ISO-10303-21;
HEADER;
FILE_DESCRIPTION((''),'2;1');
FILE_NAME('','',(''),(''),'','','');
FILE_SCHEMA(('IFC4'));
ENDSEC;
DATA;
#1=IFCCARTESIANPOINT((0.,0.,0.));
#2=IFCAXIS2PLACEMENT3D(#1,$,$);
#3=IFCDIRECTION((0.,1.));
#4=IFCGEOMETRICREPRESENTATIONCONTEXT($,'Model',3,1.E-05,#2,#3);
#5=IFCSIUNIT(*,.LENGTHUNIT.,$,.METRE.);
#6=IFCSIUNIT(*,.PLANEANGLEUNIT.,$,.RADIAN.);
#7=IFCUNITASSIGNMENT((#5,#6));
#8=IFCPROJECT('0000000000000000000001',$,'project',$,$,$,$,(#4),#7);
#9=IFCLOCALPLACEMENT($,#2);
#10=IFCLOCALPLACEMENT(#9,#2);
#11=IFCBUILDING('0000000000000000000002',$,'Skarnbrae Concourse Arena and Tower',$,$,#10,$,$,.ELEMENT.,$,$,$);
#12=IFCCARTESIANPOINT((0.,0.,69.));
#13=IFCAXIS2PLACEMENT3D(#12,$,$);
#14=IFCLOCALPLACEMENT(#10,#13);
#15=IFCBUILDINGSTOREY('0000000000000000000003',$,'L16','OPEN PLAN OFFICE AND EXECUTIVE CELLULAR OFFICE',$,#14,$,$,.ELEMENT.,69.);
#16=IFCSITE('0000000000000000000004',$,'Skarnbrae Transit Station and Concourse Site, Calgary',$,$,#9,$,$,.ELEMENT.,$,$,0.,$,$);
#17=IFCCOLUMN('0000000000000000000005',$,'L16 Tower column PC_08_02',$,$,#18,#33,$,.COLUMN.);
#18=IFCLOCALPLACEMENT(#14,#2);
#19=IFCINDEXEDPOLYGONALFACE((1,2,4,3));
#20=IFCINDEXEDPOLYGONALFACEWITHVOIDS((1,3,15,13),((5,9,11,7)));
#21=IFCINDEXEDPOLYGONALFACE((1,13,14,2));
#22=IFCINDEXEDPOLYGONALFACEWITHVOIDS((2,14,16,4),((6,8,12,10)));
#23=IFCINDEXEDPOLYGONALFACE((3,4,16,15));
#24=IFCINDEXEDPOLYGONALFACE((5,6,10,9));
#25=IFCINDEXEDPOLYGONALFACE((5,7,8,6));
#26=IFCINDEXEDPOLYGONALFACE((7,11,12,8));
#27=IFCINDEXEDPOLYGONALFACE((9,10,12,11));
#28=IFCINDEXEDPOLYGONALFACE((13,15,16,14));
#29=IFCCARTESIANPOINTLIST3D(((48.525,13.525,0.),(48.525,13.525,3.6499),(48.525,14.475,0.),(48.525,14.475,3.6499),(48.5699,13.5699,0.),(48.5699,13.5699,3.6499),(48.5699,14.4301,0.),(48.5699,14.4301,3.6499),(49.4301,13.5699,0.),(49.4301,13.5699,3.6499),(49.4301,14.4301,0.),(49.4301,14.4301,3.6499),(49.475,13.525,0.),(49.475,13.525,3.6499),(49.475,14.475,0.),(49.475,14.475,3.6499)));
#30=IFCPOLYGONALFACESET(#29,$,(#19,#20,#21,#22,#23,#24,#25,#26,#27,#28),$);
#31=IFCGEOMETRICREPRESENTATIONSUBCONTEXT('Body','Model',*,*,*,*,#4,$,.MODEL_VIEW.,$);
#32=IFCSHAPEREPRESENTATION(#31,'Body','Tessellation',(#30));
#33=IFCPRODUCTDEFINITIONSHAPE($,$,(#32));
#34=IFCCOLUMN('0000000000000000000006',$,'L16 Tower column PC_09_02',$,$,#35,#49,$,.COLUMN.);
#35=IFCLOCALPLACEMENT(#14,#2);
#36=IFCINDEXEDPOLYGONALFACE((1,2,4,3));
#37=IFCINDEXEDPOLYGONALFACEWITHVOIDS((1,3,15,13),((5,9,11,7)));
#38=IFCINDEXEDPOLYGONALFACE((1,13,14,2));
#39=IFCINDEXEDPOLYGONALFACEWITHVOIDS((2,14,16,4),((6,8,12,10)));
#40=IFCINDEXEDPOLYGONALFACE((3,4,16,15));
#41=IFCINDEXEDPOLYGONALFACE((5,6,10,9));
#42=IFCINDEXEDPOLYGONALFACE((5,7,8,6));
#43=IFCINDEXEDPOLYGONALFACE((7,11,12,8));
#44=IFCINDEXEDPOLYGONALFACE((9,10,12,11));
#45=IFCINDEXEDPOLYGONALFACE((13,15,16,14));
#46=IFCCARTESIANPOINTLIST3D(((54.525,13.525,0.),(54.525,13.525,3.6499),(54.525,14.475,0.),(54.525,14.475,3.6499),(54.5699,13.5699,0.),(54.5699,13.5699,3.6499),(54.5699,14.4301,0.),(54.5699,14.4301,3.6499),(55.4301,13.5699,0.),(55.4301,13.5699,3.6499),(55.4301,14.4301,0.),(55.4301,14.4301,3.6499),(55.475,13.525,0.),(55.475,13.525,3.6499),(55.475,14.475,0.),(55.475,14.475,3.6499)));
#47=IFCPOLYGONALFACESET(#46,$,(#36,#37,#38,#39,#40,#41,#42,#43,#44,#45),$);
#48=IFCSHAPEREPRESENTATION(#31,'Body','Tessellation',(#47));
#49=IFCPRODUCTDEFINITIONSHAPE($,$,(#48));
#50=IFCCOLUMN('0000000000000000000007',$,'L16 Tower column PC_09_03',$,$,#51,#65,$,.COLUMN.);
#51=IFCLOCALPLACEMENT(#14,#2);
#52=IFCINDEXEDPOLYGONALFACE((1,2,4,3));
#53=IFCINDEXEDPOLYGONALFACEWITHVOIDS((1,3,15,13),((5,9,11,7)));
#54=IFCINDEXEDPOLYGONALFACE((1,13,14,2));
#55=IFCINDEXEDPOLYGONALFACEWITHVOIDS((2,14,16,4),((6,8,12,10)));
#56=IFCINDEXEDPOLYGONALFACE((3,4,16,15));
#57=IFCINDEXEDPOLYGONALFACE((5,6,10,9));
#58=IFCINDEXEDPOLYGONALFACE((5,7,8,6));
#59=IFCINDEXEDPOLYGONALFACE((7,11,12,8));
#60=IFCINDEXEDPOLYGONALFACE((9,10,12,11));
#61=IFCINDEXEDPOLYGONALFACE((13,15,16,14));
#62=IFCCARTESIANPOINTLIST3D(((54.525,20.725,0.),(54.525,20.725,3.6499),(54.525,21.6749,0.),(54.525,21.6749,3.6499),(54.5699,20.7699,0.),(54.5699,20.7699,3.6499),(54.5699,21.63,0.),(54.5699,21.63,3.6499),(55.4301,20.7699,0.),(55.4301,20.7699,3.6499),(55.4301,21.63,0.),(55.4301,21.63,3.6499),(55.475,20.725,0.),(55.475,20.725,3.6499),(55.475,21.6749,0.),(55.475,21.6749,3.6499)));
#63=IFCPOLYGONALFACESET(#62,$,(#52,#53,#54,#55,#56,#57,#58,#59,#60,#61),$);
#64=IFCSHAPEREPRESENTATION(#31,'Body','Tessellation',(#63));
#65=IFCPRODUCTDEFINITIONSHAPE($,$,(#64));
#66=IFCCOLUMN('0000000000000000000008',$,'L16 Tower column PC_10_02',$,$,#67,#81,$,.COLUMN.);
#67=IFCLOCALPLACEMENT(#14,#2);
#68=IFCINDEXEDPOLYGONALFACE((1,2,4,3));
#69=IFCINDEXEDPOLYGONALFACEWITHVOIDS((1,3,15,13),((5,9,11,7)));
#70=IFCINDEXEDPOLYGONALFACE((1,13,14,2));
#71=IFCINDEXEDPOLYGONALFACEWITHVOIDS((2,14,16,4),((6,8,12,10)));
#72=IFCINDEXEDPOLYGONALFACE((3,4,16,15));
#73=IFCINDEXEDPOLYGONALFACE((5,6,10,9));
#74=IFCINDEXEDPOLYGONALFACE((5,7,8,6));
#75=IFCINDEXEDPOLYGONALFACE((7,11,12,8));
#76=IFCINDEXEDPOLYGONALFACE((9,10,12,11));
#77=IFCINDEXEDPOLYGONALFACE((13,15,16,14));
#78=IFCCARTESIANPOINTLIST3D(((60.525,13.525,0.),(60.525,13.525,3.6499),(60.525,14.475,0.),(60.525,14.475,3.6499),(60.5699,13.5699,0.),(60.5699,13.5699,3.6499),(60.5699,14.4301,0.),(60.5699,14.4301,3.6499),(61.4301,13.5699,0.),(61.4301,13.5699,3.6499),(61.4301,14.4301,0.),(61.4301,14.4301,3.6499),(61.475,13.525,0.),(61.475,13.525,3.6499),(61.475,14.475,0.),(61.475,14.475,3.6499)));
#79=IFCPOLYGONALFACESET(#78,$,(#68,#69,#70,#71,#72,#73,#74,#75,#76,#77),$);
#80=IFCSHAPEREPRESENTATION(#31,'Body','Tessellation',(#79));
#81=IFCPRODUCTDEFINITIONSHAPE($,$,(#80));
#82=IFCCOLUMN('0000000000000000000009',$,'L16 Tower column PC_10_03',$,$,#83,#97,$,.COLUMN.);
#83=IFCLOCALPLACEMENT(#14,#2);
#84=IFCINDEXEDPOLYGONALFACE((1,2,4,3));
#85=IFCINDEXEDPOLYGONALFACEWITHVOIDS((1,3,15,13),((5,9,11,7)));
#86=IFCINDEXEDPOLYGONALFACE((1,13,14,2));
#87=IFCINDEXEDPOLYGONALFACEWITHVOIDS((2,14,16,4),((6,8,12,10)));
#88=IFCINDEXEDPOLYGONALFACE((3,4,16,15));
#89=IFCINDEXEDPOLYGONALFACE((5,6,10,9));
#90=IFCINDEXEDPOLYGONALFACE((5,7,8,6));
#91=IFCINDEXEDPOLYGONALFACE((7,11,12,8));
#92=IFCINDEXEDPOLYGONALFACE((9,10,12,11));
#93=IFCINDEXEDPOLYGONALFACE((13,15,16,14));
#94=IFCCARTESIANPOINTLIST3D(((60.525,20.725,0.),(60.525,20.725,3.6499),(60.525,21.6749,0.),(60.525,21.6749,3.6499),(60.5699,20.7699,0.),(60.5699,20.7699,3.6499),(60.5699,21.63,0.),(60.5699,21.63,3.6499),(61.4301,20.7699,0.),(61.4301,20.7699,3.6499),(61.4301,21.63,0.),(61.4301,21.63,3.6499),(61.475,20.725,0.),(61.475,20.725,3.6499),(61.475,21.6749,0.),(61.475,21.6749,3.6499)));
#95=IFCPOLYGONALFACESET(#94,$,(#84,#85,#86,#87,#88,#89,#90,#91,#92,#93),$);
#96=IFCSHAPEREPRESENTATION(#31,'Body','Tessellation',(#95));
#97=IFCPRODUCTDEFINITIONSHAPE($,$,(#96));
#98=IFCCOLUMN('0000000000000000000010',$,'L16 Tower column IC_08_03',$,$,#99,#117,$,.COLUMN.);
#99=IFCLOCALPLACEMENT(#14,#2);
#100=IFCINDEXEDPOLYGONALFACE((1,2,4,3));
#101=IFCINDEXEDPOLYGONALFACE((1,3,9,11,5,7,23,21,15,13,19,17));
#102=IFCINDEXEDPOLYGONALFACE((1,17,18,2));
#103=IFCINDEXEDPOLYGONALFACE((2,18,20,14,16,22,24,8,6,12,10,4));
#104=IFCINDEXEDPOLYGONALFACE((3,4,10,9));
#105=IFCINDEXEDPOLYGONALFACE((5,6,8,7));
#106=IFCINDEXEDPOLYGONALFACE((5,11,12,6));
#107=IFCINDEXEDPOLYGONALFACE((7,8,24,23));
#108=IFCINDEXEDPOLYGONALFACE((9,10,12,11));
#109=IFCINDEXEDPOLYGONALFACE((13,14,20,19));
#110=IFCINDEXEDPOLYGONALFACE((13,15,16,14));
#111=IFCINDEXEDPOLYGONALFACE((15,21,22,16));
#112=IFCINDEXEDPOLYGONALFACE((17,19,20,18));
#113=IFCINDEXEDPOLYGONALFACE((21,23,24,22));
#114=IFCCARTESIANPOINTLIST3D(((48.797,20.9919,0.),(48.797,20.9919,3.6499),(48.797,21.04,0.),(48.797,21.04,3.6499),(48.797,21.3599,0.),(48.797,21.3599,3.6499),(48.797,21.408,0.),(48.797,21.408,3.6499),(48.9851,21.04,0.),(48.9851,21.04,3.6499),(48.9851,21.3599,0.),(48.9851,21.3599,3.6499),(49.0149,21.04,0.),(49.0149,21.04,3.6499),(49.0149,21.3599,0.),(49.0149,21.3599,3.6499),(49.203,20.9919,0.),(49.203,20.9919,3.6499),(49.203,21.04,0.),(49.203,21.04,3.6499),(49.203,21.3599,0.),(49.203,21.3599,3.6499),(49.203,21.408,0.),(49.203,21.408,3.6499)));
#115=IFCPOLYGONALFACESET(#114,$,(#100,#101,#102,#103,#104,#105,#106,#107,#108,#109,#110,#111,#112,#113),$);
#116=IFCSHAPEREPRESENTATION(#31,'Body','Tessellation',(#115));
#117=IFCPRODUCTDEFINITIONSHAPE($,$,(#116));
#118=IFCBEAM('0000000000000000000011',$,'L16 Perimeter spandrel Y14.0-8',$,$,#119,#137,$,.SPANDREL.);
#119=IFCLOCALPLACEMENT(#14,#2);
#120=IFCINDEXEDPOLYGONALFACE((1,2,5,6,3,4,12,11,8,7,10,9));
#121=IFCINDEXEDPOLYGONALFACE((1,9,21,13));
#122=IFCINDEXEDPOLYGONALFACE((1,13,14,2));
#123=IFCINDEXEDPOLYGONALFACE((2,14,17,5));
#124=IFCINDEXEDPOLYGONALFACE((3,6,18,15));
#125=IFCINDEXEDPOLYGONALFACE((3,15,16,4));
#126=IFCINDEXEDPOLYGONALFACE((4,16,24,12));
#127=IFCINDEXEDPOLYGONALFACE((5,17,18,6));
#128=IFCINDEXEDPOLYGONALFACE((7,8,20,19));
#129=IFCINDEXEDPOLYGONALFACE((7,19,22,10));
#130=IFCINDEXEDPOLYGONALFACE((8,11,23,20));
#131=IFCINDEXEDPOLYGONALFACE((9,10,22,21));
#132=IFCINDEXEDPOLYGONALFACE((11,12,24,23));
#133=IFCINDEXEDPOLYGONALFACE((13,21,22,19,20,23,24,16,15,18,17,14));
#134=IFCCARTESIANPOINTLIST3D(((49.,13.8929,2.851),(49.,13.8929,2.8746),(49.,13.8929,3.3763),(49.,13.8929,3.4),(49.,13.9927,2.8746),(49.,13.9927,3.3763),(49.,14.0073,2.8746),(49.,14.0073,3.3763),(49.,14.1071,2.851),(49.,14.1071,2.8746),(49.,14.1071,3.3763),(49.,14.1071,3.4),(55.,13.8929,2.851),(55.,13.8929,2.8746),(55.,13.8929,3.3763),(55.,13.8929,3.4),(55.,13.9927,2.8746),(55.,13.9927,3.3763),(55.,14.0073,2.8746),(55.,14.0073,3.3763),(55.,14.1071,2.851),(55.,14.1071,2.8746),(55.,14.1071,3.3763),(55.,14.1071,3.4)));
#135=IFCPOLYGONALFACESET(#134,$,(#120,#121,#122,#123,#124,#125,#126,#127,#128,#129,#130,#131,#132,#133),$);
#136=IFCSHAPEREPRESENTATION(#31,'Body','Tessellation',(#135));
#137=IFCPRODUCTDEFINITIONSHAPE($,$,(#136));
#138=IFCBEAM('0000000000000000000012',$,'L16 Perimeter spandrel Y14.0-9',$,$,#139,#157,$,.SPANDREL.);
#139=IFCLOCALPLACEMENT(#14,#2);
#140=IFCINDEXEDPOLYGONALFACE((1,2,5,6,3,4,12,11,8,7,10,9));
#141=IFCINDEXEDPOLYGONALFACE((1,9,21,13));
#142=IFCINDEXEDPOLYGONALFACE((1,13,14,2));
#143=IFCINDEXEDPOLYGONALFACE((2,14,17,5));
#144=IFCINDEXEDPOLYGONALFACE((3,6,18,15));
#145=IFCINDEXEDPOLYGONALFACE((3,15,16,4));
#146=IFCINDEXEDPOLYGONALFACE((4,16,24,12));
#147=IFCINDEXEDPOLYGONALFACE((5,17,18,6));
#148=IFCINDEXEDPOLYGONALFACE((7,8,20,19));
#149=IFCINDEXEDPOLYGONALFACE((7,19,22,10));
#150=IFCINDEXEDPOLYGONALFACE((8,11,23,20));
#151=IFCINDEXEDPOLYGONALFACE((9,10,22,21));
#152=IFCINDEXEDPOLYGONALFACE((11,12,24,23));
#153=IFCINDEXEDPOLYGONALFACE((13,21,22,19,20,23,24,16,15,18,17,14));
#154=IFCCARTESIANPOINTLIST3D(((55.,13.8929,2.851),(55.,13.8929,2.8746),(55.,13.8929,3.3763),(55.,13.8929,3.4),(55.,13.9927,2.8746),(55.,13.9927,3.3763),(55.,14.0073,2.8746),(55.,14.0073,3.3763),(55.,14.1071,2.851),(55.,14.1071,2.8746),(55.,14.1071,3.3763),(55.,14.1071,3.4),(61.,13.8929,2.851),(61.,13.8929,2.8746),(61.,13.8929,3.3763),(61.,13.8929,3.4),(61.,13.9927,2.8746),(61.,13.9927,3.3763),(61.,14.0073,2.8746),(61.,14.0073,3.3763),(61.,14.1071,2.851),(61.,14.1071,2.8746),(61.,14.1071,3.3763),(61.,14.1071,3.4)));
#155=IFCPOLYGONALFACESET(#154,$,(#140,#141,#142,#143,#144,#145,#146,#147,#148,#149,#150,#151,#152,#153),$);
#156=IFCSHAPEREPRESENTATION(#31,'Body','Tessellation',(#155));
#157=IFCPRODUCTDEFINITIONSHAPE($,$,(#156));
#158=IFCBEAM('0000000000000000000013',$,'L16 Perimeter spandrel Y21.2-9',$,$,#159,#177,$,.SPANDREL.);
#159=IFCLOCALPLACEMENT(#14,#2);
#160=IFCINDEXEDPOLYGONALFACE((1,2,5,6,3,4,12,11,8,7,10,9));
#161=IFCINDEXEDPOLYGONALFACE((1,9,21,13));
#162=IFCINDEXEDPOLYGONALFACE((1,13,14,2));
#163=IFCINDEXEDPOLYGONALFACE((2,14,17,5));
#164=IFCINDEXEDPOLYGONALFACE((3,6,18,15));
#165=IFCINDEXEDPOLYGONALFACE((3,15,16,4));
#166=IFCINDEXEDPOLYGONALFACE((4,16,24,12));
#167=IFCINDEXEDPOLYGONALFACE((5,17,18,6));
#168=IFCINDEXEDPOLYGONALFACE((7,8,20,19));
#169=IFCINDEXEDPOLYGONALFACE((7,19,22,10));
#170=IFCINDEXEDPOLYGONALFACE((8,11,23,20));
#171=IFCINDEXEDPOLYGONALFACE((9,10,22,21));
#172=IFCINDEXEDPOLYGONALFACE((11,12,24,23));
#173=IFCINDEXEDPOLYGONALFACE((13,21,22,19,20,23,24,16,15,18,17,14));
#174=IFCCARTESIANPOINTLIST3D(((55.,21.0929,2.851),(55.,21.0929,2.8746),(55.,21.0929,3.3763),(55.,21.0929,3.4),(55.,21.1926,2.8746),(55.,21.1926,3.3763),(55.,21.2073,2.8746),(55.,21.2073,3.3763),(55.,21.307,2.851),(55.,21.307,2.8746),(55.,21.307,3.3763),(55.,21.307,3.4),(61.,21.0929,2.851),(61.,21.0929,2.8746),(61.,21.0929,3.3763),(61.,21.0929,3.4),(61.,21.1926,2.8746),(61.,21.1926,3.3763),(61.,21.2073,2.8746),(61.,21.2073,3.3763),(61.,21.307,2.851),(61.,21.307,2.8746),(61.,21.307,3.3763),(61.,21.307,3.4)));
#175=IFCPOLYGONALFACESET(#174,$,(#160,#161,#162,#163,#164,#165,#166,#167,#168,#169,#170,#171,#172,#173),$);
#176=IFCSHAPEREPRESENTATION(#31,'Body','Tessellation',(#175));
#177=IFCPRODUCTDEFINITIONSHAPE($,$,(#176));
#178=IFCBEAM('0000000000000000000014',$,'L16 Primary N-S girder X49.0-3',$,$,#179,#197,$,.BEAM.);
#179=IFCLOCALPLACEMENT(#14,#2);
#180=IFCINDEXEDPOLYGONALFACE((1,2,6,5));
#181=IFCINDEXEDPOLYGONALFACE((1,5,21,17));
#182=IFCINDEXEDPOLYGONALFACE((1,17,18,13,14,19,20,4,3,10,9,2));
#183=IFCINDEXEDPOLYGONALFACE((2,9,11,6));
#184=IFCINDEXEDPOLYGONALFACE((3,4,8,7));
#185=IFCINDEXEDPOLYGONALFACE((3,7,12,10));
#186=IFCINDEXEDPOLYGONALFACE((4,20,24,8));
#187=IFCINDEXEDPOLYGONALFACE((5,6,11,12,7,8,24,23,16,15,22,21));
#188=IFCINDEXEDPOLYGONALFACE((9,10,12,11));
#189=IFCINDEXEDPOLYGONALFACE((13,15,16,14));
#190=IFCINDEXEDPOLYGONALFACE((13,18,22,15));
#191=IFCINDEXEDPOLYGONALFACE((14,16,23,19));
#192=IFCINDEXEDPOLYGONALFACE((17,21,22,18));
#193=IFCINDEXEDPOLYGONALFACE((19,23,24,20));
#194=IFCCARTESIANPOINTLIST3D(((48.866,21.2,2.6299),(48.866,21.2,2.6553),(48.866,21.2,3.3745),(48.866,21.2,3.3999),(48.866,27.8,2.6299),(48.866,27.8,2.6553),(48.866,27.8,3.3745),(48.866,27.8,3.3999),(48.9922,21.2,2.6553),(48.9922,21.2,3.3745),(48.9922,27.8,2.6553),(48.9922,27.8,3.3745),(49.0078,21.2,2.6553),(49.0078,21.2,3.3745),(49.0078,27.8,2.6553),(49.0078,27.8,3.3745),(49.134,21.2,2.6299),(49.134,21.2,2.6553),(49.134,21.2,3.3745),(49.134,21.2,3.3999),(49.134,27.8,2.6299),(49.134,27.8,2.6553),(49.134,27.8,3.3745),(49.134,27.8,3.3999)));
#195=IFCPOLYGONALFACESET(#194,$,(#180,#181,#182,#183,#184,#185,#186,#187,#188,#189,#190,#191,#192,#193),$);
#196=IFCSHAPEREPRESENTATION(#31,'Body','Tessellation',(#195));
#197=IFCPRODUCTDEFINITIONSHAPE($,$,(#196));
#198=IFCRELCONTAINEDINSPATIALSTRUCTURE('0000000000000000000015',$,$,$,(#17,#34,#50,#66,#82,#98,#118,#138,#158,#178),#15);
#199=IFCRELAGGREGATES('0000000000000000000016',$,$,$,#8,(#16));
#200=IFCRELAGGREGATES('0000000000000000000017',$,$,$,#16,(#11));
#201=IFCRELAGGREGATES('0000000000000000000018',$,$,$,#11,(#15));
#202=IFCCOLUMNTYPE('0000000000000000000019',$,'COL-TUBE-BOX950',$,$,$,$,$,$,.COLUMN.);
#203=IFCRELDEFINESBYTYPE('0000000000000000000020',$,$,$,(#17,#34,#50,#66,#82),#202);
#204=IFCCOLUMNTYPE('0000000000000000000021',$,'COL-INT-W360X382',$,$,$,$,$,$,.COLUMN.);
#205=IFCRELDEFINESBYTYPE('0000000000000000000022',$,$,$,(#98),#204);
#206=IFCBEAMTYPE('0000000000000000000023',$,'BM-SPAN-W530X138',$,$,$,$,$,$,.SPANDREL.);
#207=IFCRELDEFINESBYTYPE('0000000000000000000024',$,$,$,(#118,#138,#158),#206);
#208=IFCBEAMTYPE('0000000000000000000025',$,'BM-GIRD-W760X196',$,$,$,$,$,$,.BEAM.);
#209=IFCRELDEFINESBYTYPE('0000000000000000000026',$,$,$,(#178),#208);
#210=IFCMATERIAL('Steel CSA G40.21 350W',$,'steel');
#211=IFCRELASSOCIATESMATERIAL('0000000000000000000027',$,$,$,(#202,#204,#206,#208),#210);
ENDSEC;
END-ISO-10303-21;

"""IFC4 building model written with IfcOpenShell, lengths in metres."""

from ifc_helpers import new_model, si_unit, direction, frame, origin, origin_2d, place, context, subcontext, project, spatial, hollow_rectangle, i_section, extrude, source, transform, mapped, material, material_profile, profile_set, type_object, element, save


model = new_model("IFC4")

# Units and contexts
model_context = context("Model", 3, precision=1e-05, world=origin(), true_north=direction((0.0, 1.0)))
body_context = subcontext(model_context, "Body", "Model", "MODEL_VIEW")
ifc_project = project(units=[si_unit("LENGTHUNIT", "METRE"), si_unit("PLANEANGLEUNIT", "RADIAN")], contexts=[model_context])

# Site, building, storey
site_placement = place(None, origin())
site = spatial("IfcSite", under=ifc_project, at=site_placement, Name="Skarnbrae Transit Station and Concourse Site, Calgary", CompositionType="ELEMENT", RefElevation=0.0)
building_placement = place(site_placement, origin())
building = spatial("IfcBuilding", under=site, at=building_placement, Name="Skarnbrae Concourse Arena and Tower", CompositionType="ELEMENT")
storey_placement = place(building_placement, frame((0.0, 0.0, 69.0)))
storey = spatial("IfcBuildingStorey", under=building, at=storey_placement, Name="L16", Description="OPEN PLAN OFFICE AND EXECUTIVE CELLULAR OFFICE", CompositionType="ELEMENT", Elevation=69.0)

# Columns
ifc_material_1 = material(Name="Steel CSA G40.21 350W", Category="steel")
ifc_material_profile_1 = material_profile(ifc_material_1, hollow_rectangle(XDim=0.95, YDim=0.95, WallThickness=0.0449, at=origin_2d()), Name="BOX950X950X45")
ifc_profile_set_1 = profile_set([ifc_material_profile_1], Name="Steel CSA G40.21 350W")
column_type_1 = type_object("IfcColumnType", Name="COL-TUBE-BOX950", PredefinedType="COLUMN", material=ifc_profile_set_1)
shared_shape_1 = source(origin(), body_context, "Body", "SweptSolid", [
    extrude(hollow_rectangle(XDim=0.95, YDim=0.95, WallThickness=0.0449, at=origin_2d()), origin(), (0.0, 0.0, 1.0), 3.6499),
])
for number, where, z_axis, x_axis, name in (
    (1, (49.0, 14.0, 0.0), (0.0, 0.0, 1.0), (1.0, 0.0, 0.0), "L16 Tower column PC_08_02"),
    (2, (55.0, 14.0, 0.0), (0.0, 0.0, 1.0), (1.0, 0.0, 0.0), "L16 Tower column PC_09_02"),
    (3, (55.0, 21.2, 0.0), (0.0, 0.0, 1.0), (1.0, 0.0, 0.0), "L16 Tower column PC_09_03"),
    (4, (61.0, 14.0, 0.0), (0.0, 0.0, 1.0), (1.0, 0.0, 0.0), "L16 Tower column PC_10_02"),
    (5, (61.0, 21.2, 0.0), (0.0, 0.0, 1.0), (1.0, 0.0, 0.0), "L16 Tower column PC_10_03"),
):
    element("IfcColumn", number, at=place(storey_placement, frame(where, z_axis=z_axis, x_axis=x_axis)), inside=storey, type_object=column_type_1, Name=name, PredefinedType="COLUMN", context=body_context, shape_type="MappedRepresentation", body=[
        mapped(shared_shape_1, transform((0.0, 0.0, 0.0))),
    ])
ifc_material_profile_2 = material_profile(ifc_material_1, i_section(OverallWidth=0.406, OverallDepth=0.416, WebThickness=0.0298, FlangeThickness=0.0481, at=origin_2d()), Name="W360X382")
ifc_profile_set_2 = profile_set([ifc_material_profile_2], Name="Steel CSA G40.21 350W")
column_type_2 = type_object("IfcColumnType", Name="COL-INT-W360X382", PredefinedType="COLUMN", material=ifc_profile_set_2)
shared_shape_2 = source(origin(), body_context, "Body", "SweptSolid", [
    extrude(i_section(OverallWidth=0.406, OverallDepth=0.416, WebThickness=0.0298, FlangeThickness=0.0481, at=origin_2d()), origin(), (0.0, 0.0, 1.0), 3.6499),
])
column_placement = place(storey_placement, frame((49.0, 21.2, 0.0), z_axis=(0.0, 0.0, 1.0), x_axis=(1.0, 0.0, 0.0)))
element("IfcColumn", 6, at=column_placement, inside=storey, type_object=column_type_2, Name="L16 Tower column IC_08_03", PredefinedType="COLUMN", context=body_context, shape_type="MappedRepresentation", body=[
    mapped(shared_shape_2, transform((0.0, 0.0, 0.0))),
])

# Beams
ifc_material_profile_3 = material_profile(ifc_material_1, i_section(OverallWidth=0.2141, OverallDepth=0.5491, WebThickness=0.0146, FlangeThickness=0.0237, at=origin_2d()), Name="W530X138")
ifc_profile_set_3 = profile_set([ifc_material_profile_3], Name="Steel CSA G40.21 350W")
beam_type_1 = type_object("IfcBeamType", Name="BM-SPAN-W530X138", PredefinedType="SPANDREL", material=ifc_profile_set_3)
shared_shape_3 = source(origin(), body_context, "Body", "SweptSolid", [
    extrude(i_section(OverallWidth=0.2141, OverallDepth=0.5491, WebThickness=0.0146, FlangeThickness=0.0237, at=origin_2d()), origin(), (0.0, 0.0, 1.0), 6.0),
])
for number, where, z_axis, x_axis, name in (
    (7, (49.0, 14.0, 3.1255), (1.0, 0.0, 0.0), (0.0, 1.0, 0.0), "L16 Perimeter spandrel Y14.0-8"),
    (8, (55.0, 14.0, 3.1255), (1.0, 0.0, 0.0), (0.0, 1.0, 0.0), "L16 Perimeter spandrel Y14.0-9"),
    (9, (55.0, 21.2, 3.1255), (1.0, 0.0, 0.0), (0.0, 1.0, 0.0), "L16 Perimeter spandrel Y21.2-9"),
):
    element("IfcBeam", number, at=place(storey_placement, frame(where, z_axis=z_axis, x_axis=x_axis)), inside=storey, type_object=beam_type_1, Name=name, PredefinedType="SPANDREL", context=body_context, shape_type="MappedRepresentation", body=[
        mapped(shared_shape_3, transform((0.0, 0.0, 0.0))),
    ])
ifc_material_profile_4 = material_profile(ifc_material_1, i_section(OverallWidth=0.2681, OverallDepth=0.77, WebThickness=0.0156, FlangeThickness=0.0254, at=origin_2d()), Name="W760X196")
ifc_profile_set_4 = profile_set([ifc_material_profile_4], Name="Steel CSA G40.21 350W")
beam_type_2 = type_object("IfcBeamType", Name="BM-GIRD-W760X196", PredefinedType="BEAM", material=ifc_profile_set_4)
shared_shape_4 = source(origin(), body_context, "Body", "SweptSolid", [
    extrude(i_section(OverallWidth=0.2681, OverallDepth=0.77, WebThickness=0.0156, FlangeThickness=0.0254, at=origin_2d()), origin(), (0.0, 0.0, 1.0), 6.6001),
])
beam_1_placement = place(storey_placement, frame((49.0, 21.2, 3.0149), z_axis=(0.0, 1.0, 0.0), x_axis=(-1.0, 0.0, 0.0)))
element("IfcBeam", 10, at=beam_1_placement, inside=storey, type_object=beam_type_2, Name="L16 Primary N-S girder X49.0-3", PredefinedType="BEAM", context=body_context, shape_type="MappedRepresentation", body=[
    mapped(shared_shape_4, transform((0.0, 0.0, 0.0))),
])

save(model, "model.ifc")
